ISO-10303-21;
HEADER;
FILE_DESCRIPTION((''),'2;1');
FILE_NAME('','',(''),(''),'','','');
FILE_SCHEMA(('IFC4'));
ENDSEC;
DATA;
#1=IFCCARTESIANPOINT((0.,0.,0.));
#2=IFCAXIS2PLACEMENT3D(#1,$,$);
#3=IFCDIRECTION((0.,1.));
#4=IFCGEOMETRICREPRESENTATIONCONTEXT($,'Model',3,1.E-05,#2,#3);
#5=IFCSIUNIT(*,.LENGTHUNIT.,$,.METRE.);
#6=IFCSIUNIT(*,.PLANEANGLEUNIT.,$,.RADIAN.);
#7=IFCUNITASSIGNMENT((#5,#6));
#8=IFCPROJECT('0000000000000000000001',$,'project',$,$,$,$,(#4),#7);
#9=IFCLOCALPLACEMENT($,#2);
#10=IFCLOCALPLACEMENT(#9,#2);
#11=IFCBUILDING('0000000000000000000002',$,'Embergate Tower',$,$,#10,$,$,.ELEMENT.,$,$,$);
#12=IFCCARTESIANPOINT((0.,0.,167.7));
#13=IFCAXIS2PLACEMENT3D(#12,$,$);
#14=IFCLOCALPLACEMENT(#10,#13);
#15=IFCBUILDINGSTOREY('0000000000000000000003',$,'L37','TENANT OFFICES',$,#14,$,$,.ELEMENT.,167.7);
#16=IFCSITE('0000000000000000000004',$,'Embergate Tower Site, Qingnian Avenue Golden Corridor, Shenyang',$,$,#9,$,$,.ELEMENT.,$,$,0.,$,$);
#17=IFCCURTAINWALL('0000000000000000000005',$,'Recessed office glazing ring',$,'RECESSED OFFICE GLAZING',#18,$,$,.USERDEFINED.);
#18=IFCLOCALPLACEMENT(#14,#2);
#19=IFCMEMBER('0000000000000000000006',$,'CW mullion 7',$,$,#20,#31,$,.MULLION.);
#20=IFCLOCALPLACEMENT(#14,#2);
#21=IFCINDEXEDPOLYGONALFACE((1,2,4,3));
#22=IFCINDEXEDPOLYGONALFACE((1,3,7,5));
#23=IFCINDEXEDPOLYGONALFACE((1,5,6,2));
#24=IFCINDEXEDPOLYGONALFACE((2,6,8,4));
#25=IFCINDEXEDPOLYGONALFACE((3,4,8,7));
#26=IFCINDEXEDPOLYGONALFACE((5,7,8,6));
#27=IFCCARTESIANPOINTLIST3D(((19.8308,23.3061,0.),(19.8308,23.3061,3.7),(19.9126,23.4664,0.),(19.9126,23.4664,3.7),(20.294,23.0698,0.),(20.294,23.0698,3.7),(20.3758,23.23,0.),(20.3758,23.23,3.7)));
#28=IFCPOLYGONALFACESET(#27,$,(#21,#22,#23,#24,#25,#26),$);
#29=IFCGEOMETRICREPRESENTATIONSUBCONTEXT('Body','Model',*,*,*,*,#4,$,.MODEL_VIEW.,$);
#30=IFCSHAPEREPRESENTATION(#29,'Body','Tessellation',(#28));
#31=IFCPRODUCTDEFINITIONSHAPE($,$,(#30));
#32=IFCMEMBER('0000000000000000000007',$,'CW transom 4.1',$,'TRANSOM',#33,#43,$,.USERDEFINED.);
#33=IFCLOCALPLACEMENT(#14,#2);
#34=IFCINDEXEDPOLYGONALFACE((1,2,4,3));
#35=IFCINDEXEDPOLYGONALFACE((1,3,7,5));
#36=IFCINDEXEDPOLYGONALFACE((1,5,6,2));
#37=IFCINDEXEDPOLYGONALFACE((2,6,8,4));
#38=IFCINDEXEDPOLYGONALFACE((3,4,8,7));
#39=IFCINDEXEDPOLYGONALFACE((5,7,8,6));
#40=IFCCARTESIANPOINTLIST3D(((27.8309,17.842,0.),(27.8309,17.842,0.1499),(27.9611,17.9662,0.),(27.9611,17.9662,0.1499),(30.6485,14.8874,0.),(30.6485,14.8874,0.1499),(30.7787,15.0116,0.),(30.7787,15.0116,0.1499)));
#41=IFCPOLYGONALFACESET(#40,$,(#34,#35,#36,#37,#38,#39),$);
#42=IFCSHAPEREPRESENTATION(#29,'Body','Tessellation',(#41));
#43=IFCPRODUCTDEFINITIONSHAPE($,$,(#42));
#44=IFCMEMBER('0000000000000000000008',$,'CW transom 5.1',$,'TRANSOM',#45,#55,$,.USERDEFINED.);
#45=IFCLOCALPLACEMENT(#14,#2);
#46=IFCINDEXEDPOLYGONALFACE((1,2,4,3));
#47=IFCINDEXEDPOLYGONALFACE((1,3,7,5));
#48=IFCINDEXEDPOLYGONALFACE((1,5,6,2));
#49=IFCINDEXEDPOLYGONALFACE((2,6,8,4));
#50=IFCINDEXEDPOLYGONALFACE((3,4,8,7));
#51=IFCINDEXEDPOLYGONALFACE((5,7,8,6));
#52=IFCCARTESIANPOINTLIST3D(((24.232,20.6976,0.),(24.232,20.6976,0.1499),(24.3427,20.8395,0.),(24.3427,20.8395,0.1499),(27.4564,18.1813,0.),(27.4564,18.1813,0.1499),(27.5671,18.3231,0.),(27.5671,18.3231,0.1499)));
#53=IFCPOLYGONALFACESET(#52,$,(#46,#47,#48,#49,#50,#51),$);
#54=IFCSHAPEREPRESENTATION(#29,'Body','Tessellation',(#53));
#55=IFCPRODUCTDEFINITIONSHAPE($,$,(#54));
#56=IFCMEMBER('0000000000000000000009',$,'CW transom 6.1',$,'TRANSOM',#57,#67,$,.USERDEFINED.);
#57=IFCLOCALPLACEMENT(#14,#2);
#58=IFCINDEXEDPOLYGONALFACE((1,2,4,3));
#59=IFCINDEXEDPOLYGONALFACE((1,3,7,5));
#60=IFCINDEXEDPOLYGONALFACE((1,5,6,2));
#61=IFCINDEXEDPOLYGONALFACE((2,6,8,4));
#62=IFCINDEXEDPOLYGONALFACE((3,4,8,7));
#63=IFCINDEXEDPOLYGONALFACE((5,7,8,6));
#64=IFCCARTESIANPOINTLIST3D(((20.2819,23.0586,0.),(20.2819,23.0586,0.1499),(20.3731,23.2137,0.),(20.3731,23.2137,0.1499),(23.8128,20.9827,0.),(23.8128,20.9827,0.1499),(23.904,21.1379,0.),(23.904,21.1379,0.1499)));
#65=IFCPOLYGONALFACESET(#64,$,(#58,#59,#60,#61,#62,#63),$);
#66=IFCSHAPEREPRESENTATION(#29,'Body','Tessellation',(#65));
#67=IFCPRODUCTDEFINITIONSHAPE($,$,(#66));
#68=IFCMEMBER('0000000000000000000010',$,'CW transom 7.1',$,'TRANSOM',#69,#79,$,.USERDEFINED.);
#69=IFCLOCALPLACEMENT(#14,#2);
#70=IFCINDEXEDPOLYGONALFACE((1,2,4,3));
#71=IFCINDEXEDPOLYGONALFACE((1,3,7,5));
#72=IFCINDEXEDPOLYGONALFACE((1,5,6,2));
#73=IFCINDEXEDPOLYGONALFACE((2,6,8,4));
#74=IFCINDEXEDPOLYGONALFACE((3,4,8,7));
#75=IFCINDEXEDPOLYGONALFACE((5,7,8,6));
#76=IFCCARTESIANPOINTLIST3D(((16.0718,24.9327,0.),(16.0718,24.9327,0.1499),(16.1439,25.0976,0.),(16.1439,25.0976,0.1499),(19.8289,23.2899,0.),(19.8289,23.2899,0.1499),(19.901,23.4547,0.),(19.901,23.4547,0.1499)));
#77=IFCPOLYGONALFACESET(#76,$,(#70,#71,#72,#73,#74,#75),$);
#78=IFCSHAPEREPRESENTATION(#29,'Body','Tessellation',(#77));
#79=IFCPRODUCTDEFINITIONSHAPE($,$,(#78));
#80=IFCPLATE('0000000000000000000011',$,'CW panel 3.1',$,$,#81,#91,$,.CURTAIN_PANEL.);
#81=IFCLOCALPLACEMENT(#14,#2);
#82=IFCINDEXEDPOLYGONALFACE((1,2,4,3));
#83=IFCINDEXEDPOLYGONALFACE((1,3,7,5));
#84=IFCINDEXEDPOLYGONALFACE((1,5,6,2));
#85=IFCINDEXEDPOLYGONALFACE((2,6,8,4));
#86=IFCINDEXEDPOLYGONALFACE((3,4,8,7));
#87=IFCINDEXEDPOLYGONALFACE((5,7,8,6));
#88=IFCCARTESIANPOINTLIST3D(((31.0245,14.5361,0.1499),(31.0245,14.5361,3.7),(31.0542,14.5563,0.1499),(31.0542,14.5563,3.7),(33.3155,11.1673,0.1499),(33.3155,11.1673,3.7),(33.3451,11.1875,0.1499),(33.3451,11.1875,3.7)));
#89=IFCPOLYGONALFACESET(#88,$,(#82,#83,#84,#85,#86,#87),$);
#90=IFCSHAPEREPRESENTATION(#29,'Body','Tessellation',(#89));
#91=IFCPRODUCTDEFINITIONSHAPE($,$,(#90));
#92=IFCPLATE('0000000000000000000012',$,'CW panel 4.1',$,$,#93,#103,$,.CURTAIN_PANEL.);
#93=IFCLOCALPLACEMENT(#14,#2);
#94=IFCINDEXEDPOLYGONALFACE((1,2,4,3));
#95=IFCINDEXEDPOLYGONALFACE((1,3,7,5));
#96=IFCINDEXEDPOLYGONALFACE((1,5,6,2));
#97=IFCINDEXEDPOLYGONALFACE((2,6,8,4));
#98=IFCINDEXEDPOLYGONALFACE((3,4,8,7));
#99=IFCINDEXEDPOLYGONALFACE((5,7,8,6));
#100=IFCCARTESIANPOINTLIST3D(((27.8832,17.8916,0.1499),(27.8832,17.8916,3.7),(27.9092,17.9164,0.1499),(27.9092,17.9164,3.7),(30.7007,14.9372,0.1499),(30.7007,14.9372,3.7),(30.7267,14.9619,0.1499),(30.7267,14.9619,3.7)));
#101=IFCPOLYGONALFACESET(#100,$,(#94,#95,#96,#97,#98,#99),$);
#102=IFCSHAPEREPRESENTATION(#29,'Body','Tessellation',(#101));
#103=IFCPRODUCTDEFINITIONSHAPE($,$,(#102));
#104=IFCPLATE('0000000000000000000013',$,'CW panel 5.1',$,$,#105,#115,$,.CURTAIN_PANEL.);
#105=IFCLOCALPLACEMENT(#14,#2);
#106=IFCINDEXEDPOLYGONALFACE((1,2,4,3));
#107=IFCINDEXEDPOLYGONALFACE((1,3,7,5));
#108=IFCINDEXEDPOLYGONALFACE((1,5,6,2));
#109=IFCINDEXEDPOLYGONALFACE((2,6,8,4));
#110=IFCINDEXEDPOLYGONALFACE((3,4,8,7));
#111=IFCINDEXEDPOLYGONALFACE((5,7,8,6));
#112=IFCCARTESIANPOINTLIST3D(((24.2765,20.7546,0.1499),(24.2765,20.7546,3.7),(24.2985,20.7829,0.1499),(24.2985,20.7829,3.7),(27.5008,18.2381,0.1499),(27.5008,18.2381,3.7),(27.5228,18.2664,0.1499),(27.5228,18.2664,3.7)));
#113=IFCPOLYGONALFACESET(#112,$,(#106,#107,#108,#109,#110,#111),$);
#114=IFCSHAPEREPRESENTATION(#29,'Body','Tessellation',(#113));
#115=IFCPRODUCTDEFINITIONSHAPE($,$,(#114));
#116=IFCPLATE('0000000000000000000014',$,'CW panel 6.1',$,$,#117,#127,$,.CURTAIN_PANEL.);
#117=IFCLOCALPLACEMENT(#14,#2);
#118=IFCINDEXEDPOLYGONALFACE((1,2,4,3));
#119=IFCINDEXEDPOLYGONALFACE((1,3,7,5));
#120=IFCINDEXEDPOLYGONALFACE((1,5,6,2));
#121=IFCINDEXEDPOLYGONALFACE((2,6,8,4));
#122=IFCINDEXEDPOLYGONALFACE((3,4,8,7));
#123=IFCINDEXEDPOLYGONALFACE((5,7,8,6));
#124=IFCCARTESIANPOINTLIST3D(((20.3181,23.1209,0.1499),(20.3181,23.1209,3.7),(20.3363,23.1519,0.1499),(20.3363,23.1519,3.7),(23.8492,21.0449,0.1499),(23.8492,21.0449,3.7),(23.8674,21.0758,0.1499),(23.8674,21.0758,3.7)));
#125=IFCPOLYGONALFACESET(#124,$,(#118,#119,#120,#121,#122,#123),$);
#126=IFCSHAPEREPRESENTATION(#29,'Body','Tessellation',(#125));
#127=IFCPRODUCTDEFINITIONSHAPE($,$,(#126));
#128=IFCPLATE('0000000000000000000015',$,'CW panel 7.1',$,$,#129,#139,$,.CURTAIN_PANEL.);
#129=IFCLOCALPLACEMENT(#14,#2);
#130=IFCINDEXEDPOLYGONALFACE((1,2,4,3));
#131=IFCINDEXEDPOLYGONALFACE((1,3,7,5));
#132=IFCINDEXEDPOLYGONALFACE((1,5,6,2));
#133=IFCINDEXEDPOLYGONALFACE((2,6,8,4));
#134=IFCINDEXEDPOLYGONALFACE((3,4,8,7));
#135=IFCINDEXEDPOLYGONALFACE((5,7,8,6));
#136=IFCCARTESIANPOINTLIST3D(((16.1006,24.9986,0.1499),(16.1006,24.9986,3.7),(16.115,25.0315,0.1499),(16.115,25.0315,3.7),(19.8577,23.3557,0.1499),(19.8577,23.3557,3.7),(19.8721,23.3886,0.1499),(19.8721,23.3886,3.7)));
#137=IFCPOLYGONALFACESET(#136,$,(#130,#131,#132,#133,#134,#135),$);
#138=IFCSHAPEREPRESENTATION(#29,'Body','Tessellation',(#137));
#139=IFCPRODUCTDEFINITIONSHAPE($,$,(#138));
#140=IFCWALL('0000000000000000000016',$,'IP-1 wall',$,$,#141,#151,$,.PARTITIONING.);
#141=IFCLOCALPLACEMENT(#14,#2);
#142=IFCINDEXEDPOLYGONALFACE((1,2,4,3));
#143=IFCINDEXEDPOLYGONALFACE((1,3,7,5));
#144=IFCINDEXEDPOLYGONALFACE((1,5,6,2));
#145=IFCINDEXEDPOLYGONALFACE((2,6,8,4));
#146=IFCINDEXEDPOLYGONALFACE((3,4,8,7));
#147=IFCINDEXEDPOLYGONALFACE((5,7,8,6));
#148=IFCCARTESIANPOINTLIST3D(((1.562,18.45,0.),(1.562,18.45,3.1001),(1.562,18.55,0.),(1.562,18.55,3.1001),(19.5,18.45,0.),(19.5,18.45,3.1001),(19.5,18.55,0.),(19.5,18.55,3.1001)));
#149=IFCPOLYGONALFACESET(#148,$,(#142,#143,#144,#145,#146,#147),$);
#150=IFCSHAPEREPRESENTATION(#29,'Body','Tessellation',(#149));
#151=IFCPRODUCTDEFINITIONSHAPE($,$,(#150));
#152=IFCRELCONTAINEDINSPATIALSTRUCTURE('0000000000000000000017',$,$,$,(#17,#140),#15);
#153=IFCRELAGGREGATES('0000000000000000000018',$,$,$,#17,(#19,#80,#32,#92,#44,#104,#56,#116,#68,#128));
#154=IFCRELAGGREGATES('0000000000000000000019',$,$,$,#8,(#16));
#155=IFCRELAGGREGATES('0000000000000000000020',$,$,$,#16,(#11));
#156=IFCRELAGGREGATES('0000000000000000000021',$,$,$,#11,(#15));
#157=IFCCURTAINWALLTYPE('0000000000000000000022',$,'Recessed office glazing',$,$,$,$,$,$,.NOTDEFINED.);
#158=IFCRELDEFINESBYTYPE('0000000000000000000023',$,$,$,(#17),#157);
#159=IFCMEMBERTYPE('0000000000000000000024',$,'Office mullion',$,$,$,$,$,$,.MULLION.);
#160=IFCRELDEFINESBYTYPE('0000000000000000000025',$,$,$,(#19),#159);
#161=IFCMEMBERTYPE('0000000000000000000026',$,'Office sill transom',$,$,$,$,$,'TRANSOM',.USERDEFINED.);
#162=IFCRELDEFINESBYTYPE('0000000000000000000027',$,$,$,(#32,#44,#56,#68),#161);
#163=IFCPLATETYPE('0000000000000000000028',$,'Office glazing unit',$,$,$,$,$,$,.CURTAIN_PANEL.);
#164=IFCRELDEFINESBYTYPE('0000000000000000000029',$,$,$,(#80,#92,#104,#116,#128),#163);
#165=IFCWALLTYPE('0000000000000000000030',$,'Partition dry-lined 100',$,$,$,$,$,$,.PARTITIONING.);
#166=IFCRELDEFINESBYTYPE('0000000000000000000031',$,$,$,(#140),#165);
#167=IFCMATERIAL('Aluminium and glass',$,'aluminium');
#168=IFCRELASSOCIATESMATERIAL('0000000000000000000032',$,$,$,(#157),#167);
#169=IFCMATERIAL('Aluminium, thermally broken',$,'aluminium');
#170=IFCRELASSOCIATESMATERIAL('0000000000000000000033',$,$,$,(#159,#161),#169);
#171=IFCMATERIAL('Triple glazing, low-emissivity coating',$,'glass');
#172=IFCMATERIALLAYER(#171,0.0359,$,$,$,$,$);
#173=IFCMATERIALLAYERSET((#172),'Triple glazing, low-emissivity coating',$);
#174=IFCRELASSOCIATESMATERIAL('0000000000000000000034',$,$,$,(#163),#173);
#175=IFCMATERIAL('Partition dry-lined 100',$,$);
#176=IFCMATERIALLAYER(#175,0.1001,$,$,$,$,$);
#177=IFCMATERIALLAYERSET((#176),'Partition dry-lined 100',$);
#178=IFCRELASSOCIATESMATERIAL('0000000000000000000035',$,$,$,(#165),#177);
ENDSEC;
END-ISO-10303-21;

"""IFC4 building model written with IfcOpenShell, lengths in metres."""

from ifc_helpers import new_model, si_unit, direction, frame, frame_2d, origin, origin_2d, place, context, subcontext, project, spatial, rectangle, extrude, source, transform, mapped, material, layer, layer_set, material_profile, profile_set, type_object, element, aggregate, save


model = new_model("IFC4")

# Units and contexts
model_context = context("Model", 3, precision=1e-05, world=origin(), true_north=direction((0.0, 1.0)))
body_context = subcontext(model_context, "Body", "Model", "MODEL_VIEW")
ifc_project = project(units=[si_unit("LENGTHUNIT", "METRE"), si_unit("PLANEANGLEUNIT", "RADIAN")], contexts=[model_context])

# Site, building, storey
site_placement = place(None, origin())
site = spatial("IfcSite", under=ifc_project, at=site_placement, Name="Embergate Tower Site, Qingnian Avenue Golden Corridor, Shenyang", CompositionType="ELEMENT", RefElevation=0.0)
building_placement = place(site_placement, origin())
building = spatial("IfcBuilding", under=site, at=building_placement, Name="Embergate Tower", CompositionType="ELEMENT")
storey_placement = place(building_placement, frame((0.0, 0.0, 167.7)))
storey = spatial("IfcBuildingStorey", under=building, at=storey_placement, Name="L37", Description="TENANT OFFICES", CompositionType="ELEMENT", Elevation=167.7)

# Curtain wall, members, plates
ifc_material_1 = material(Name="Aluminium and glass", Category="aluminium")
curtain_wall_type = type_object("IfcCurtainWallType", Name="Recessed office glazing", PredefinedType="NOTDEFINED", material=ifc_material_1)
curtain_wall_placement = place(storey_placement, origin())
curtain_wall = element("IfcCurtainWall", 1, at=curtain_wall_placement, inside=storey, type_object=curtain_wall_type, Name="Recessed office glazing ring", ObjectType="RECESSED OFFICE GLAZING", PredefinedType="USERDEFINED")
ifc_material_2 = material(Name="Aluminium, thermally broken", Category="aluminium")
ifc_material_profile_1 = material_profile(ifc_material_2, rectangle(XDim=0.1799, YDim=0.52, at=origin_2d()), Name="AL 520x180")
ifc_profile_set_1 = profile_set([ifc_material_profile_1], Name="Aluminium, thermally broken")
member_type_1 = type_object("IfcMemberType", Name="Office mullion", PredefinedType="MULLION", material=ifc_profile_set_1)
shared_shape_1 = source(origin(), body_context, "Body", "SweptSolid", [
    extrude(rectangle(XDim=0.1799, YDim=0.52, at=origin_2d()), origin(), (0.0, 0.0, 1.0), 3.7),
])
member_1_placement = place(storey_placement, frame((20.1033, 23.2681, 0.0), z_axis=(0.0, 0.0, 1.0), x_axis=(-0.45451, -0.890742, 0.0)))
member_1 = element("IfcMember", 2, at=member_1_placement, type_object=member_type_1, Name="CW mullion 7", PredefinedType="MULLION", context=body_context, shape_type="MappedRepresentation", body=[
    mapped(shared_shape_1, transform((0.0, 0.0, 0.0))),
])
ifc_material_profile_2 = material_profile(ifc_material_2, rectangle(XDim=0.1799, YDim=0.1499, at=origin_2d()), Name="AL 150x180")
ifc_profile_set_2 = profile_set([ifc_material_profile_2], Name="Aluminium, thermally broken")
member_type_2 = type_object("IfcMemberType", Name="Office sill transom", ElementType="TRANSOM", PredefinedType="USERDEFINED", material=ifc_profile_set_2)
shared_shape_2 = source(origin(), body_context, "Body", "SweptSolid", [
    extrude(rectangle(XDim=0.1799, YDim=0.1499, at=origin_2d()), origin(), (0.0, 0.0, 1.0), 4.0828),
])
member_2_placement = place(storey_placement, frame((30.7136, 14.9495, 0.075), z_axis=(-0.690134, 0.723681, 0.0), x_axis=(-0.723681, -0.690134, 0.0)))
member_2 = element("IfcMember", 3, at=member_2_placement, type_object=member_type_2, Name="CW transom 4.1", ObjectType="TRANSOM", PredefinedType="USERDEFINED", context=body_context, shape_type="MappedRepresentation", body=[
    mapped(shared_shape_2, transform((0.0, 0.0, 0.0))),
])
shared_shape_3 = source(origin(), body_context, "Body", "SweptSolid", [
    extrude(rectangle(XDim=0.1799, YDim=0.1499, at=origin_2d()), origin(), (0.0, 0.0, 1.0), 4.0901),
])
member_3_placement = place(storey_placement, frame((27.5117, 18.2522, 0.075), z_axis=(-0.788342, 0.615237, 0.0), x_axis=(-0.615237, -0.788342, 0.0)))
member_3 = element("IfcMember", 4, at=member_3_placement, type_object=member_type_2, Name="CW transom 5.1", ObjectType="TRANSOM", PredefinedType="USERDEFINED", context=body_context, shape_type="MappedRepresentation", body=[
    mapped(shared_shape_3, transform((0.0, 0.0, 0.0))),
])
shared_shape_4 = source(origin(), body_context, "Body", "SweptSolid", [
    extrude(rectangle(XDim=0.1799, YDim=0.1499, at=origin_2d()), origin(), (0.0, 0.0, 1.0), 4.0959),
])
member_4_placement = place(storey_placement, frame((23.8584, 21.0603, 0.075), z_axis=(-0.862055, 0.506814, 0.0), x_axis=(-0.506814, -0.862055, 0.0)))
member_4 = element("IfcMember", 5, at=member_4_placement, type_object=member_type_2, Name="CW transom 6.1", ObjectType="TRANSOM", PredefinedType="USERDEFINED", context=body_context, shape_type="MappedRepresentation", body=[
    mapped(shared_shape_4, transform((0.0, 0.0, 0.0))),
])
shared_shape_5 = source(origin(), body_context, "Body", "SweptSolid", [
    extrude(rectangle(XDim=0.1799, YDim=0.1499, at=origin_2d()), origin(), (0.0, 0.0, 1.0), 4.1006),
])
member_5_placement = place(storey_placement, frame((19.865, 23.3723, 0.075), z_axis=(-0.916238, 0.400635, 0.0), x_axis=(-0.400635, -0.916238, 0.0)))
member_5 = element("IfcMember", 6, at=member_5_placement, type_object=member_type_2, Name="CW transom 7.1", ObjectType="TRANSOM", PredefinedType="USERDEFINED", context=body_context, shape_type="MappedRepresentation", body=[
    mapped(shared_shape_5, transform((0.0, 0.0, 0.0))),
])
ifc_material_3 = material(Name="Triple glazing, low-emissivity coating", Category="glass")
ifc_layer_1 = layer(ifc_material_3, 0.0359)
ifc_layer_set_1 = layer_set([ifc_layer_1], Name="Triple glazing, low-emissivity coating")
plate_type = type_object("IfcPlateType", Name="Office glazing unit", PredefinedType="CURTAIN_PANEL", material=ifc_layer_set_1)
shared_shape_6 = source(origin(), body_context, "Body", "SweptSolid", [
    extrude(rectangle(XDim=4.074, YDim=0.0359, at=origin_2d()), origin(), (0.0, 0.0, 1.0), 3.55),
])
plate_1_placement = place(storey_placement, frame((32.1848, 12.8618, 0.1499), z_axis=(0.0, 0.0, 1.0), x_axis=(-0.562342, 0.826905, 0.0)))
plate_1 = element("IfcPlate", 7, at=plate_1_placement, type_object=plate_type, Name="CW panel 3.1", PredefinedType="CURTAIN_PANEL", context=body_context, shape_type="MappedRepresentation", body=[
    mapped(shared_shape_6, transform((0.0, 0.0, 0.0))),
])
shared_shape_7 = source(origin(), body_context, "Body", "SweptSolid", [
    extrude(rectangle(XDim=4.0825, YDim=0.0359, at=origin_2d()), origin(), (0.0, 0.0, 1.0), 3.55),
])
plate_2_placement = place(storey_placement, frame((29.3049, 16.4268, 0.1499), z_axis=(0.0, 0.0, 1.0), x_axis=(-0.690135, 0.723681, 0.0)))
plate_2 = element("IfcPlate", 8, at=plate_2_placement, type_object=plate_type, Name="CW panel 4.1", PredefinedType="CURTAIN_PANEL", context=body_context, shape_type="MappedRepresentation", body=[
    mapped(shared_shape_7, transform((0.0, 0.0, 0.0))),
])
shared_shape_8 = source(origin(), body_context, "Body", "SweptSolid", [
    extrude(rectangle(XDim=4.0901, YDim=0.0359, at=origin_2d()), origin(), (0.0, 0.0, 1.0), 3.55),
])
plate_3_placement = place(storey_placement, frame((25.8997, 19.5105, 0.1499), z_axis=(0.0, 0.0, 1.0), x_axis=(-0.78832, 0.615265, 0.0)))
plate_3 = element("IfcPlate", 9, at=plate_3_placement, type_object=plate_type, Name="CW panel 5.1", PredefinedType="CURTAIN_PANEL", context=body_context, shape_type="MappedRepresentation", body=[
    mapped(shared_shape_8, transform((0.0, 0.0, 0.0))),
])
shared_shape_9 = source(origin(), body_context, "Body", "SweptSolid", [
    extrude(rectangle(XDim=4.0962, YDim=0.0359, at=origin_2d()), origin(), (0.0, 0.0, 1.0), 3.55),
])
plate_4_placement = place(storey_placement, frame((22.0928, 22.0984, 0.1499), z_axis=(0.0, 0.0, 1.0), x_axis=(-0.862053, 0.506818, 0.0)))
plate_4 = element("IfcPlate", 10, at=plate_4_placement, type_object=plate_type, Name="CW panel 6.1", PredefinedType="CURTAIN_PANEL", context=body_context, shape_type="MappedRepresentation", body=[
    mapped(shared_shape_9, transform((0.0, 0.0, 0.0))),
])
shared_shape_10 = source(origin(), body_context, "Body", "SweptSolid", [
    extrude(rectangle(XDim=4.1006, YDim=0.0359, at=origin_2d()), origin(), (0.0, 0.0, 1.0), 3.55),
])
plate_5_placement = place(storey_placement, frame((17.9863, 24.1936, 0.1499), z_axis=(0.0, 0.0, 1.0), x_axis=(-0.916236, 0.400638, 0.0)))
plate_5 = element("IfcPlate", 11, at=plate_5_placement, type_object=plate_type, Name="CW panel 7.1", PredefinedType="CURTAIN_PANEL", context=body_context, shape_type="MappedRepresentation", body=[
    mapped(shared_shape_10, transform((0.0, 0.0, 0.0))),
])
aggregate(curtain_wall, [member_1, plate_1, member_2, plate_2, member_3, plate_3, member_4, plate_4, member_5, plate_5])

# Wall
ifc_material_4 = material(Name="Partition dry-lined 100")
ifc_layer_2 = layer(ifc_material_4, 0.1001)
ifc_layer_set_2 = layer_set([ifc_layer_2], Name="Partition dry-lined 100")
wall_type = type_object("IfcWallType", Name="Partition dry-lined 100", PredefinedType="PARTITIONING", material=ifc_layer_set_2)
shared_shape_11 = source(origin(), body_context, "Body", "SweptSolid", [
    extrude(rectangle(XDim=17.938, YDim=0.1001, at=frame_2d((8.969, 0.0))), origin(), (0.0, 0.0, 1.0), 3.1001),
])
wall_placement = place(storey_placement, frame((19.5, 18.5, 0.0), z_axis=(0.0, 0.0, 1.0), x_axis=(-1.0, 0.0, 0.0)))
element("IfcWall", 12, at=wall_placement, inside=storey, type_object=wall_type, Name="IP-1 wall", PredefinedType="PARTITIONING", context=body_context, shape_type="MappedRepresentation", body=[
    mapped(shared_shape_11, transform((0.0, 0.0, 0.0))),
])

save(model, "model.ifc")
